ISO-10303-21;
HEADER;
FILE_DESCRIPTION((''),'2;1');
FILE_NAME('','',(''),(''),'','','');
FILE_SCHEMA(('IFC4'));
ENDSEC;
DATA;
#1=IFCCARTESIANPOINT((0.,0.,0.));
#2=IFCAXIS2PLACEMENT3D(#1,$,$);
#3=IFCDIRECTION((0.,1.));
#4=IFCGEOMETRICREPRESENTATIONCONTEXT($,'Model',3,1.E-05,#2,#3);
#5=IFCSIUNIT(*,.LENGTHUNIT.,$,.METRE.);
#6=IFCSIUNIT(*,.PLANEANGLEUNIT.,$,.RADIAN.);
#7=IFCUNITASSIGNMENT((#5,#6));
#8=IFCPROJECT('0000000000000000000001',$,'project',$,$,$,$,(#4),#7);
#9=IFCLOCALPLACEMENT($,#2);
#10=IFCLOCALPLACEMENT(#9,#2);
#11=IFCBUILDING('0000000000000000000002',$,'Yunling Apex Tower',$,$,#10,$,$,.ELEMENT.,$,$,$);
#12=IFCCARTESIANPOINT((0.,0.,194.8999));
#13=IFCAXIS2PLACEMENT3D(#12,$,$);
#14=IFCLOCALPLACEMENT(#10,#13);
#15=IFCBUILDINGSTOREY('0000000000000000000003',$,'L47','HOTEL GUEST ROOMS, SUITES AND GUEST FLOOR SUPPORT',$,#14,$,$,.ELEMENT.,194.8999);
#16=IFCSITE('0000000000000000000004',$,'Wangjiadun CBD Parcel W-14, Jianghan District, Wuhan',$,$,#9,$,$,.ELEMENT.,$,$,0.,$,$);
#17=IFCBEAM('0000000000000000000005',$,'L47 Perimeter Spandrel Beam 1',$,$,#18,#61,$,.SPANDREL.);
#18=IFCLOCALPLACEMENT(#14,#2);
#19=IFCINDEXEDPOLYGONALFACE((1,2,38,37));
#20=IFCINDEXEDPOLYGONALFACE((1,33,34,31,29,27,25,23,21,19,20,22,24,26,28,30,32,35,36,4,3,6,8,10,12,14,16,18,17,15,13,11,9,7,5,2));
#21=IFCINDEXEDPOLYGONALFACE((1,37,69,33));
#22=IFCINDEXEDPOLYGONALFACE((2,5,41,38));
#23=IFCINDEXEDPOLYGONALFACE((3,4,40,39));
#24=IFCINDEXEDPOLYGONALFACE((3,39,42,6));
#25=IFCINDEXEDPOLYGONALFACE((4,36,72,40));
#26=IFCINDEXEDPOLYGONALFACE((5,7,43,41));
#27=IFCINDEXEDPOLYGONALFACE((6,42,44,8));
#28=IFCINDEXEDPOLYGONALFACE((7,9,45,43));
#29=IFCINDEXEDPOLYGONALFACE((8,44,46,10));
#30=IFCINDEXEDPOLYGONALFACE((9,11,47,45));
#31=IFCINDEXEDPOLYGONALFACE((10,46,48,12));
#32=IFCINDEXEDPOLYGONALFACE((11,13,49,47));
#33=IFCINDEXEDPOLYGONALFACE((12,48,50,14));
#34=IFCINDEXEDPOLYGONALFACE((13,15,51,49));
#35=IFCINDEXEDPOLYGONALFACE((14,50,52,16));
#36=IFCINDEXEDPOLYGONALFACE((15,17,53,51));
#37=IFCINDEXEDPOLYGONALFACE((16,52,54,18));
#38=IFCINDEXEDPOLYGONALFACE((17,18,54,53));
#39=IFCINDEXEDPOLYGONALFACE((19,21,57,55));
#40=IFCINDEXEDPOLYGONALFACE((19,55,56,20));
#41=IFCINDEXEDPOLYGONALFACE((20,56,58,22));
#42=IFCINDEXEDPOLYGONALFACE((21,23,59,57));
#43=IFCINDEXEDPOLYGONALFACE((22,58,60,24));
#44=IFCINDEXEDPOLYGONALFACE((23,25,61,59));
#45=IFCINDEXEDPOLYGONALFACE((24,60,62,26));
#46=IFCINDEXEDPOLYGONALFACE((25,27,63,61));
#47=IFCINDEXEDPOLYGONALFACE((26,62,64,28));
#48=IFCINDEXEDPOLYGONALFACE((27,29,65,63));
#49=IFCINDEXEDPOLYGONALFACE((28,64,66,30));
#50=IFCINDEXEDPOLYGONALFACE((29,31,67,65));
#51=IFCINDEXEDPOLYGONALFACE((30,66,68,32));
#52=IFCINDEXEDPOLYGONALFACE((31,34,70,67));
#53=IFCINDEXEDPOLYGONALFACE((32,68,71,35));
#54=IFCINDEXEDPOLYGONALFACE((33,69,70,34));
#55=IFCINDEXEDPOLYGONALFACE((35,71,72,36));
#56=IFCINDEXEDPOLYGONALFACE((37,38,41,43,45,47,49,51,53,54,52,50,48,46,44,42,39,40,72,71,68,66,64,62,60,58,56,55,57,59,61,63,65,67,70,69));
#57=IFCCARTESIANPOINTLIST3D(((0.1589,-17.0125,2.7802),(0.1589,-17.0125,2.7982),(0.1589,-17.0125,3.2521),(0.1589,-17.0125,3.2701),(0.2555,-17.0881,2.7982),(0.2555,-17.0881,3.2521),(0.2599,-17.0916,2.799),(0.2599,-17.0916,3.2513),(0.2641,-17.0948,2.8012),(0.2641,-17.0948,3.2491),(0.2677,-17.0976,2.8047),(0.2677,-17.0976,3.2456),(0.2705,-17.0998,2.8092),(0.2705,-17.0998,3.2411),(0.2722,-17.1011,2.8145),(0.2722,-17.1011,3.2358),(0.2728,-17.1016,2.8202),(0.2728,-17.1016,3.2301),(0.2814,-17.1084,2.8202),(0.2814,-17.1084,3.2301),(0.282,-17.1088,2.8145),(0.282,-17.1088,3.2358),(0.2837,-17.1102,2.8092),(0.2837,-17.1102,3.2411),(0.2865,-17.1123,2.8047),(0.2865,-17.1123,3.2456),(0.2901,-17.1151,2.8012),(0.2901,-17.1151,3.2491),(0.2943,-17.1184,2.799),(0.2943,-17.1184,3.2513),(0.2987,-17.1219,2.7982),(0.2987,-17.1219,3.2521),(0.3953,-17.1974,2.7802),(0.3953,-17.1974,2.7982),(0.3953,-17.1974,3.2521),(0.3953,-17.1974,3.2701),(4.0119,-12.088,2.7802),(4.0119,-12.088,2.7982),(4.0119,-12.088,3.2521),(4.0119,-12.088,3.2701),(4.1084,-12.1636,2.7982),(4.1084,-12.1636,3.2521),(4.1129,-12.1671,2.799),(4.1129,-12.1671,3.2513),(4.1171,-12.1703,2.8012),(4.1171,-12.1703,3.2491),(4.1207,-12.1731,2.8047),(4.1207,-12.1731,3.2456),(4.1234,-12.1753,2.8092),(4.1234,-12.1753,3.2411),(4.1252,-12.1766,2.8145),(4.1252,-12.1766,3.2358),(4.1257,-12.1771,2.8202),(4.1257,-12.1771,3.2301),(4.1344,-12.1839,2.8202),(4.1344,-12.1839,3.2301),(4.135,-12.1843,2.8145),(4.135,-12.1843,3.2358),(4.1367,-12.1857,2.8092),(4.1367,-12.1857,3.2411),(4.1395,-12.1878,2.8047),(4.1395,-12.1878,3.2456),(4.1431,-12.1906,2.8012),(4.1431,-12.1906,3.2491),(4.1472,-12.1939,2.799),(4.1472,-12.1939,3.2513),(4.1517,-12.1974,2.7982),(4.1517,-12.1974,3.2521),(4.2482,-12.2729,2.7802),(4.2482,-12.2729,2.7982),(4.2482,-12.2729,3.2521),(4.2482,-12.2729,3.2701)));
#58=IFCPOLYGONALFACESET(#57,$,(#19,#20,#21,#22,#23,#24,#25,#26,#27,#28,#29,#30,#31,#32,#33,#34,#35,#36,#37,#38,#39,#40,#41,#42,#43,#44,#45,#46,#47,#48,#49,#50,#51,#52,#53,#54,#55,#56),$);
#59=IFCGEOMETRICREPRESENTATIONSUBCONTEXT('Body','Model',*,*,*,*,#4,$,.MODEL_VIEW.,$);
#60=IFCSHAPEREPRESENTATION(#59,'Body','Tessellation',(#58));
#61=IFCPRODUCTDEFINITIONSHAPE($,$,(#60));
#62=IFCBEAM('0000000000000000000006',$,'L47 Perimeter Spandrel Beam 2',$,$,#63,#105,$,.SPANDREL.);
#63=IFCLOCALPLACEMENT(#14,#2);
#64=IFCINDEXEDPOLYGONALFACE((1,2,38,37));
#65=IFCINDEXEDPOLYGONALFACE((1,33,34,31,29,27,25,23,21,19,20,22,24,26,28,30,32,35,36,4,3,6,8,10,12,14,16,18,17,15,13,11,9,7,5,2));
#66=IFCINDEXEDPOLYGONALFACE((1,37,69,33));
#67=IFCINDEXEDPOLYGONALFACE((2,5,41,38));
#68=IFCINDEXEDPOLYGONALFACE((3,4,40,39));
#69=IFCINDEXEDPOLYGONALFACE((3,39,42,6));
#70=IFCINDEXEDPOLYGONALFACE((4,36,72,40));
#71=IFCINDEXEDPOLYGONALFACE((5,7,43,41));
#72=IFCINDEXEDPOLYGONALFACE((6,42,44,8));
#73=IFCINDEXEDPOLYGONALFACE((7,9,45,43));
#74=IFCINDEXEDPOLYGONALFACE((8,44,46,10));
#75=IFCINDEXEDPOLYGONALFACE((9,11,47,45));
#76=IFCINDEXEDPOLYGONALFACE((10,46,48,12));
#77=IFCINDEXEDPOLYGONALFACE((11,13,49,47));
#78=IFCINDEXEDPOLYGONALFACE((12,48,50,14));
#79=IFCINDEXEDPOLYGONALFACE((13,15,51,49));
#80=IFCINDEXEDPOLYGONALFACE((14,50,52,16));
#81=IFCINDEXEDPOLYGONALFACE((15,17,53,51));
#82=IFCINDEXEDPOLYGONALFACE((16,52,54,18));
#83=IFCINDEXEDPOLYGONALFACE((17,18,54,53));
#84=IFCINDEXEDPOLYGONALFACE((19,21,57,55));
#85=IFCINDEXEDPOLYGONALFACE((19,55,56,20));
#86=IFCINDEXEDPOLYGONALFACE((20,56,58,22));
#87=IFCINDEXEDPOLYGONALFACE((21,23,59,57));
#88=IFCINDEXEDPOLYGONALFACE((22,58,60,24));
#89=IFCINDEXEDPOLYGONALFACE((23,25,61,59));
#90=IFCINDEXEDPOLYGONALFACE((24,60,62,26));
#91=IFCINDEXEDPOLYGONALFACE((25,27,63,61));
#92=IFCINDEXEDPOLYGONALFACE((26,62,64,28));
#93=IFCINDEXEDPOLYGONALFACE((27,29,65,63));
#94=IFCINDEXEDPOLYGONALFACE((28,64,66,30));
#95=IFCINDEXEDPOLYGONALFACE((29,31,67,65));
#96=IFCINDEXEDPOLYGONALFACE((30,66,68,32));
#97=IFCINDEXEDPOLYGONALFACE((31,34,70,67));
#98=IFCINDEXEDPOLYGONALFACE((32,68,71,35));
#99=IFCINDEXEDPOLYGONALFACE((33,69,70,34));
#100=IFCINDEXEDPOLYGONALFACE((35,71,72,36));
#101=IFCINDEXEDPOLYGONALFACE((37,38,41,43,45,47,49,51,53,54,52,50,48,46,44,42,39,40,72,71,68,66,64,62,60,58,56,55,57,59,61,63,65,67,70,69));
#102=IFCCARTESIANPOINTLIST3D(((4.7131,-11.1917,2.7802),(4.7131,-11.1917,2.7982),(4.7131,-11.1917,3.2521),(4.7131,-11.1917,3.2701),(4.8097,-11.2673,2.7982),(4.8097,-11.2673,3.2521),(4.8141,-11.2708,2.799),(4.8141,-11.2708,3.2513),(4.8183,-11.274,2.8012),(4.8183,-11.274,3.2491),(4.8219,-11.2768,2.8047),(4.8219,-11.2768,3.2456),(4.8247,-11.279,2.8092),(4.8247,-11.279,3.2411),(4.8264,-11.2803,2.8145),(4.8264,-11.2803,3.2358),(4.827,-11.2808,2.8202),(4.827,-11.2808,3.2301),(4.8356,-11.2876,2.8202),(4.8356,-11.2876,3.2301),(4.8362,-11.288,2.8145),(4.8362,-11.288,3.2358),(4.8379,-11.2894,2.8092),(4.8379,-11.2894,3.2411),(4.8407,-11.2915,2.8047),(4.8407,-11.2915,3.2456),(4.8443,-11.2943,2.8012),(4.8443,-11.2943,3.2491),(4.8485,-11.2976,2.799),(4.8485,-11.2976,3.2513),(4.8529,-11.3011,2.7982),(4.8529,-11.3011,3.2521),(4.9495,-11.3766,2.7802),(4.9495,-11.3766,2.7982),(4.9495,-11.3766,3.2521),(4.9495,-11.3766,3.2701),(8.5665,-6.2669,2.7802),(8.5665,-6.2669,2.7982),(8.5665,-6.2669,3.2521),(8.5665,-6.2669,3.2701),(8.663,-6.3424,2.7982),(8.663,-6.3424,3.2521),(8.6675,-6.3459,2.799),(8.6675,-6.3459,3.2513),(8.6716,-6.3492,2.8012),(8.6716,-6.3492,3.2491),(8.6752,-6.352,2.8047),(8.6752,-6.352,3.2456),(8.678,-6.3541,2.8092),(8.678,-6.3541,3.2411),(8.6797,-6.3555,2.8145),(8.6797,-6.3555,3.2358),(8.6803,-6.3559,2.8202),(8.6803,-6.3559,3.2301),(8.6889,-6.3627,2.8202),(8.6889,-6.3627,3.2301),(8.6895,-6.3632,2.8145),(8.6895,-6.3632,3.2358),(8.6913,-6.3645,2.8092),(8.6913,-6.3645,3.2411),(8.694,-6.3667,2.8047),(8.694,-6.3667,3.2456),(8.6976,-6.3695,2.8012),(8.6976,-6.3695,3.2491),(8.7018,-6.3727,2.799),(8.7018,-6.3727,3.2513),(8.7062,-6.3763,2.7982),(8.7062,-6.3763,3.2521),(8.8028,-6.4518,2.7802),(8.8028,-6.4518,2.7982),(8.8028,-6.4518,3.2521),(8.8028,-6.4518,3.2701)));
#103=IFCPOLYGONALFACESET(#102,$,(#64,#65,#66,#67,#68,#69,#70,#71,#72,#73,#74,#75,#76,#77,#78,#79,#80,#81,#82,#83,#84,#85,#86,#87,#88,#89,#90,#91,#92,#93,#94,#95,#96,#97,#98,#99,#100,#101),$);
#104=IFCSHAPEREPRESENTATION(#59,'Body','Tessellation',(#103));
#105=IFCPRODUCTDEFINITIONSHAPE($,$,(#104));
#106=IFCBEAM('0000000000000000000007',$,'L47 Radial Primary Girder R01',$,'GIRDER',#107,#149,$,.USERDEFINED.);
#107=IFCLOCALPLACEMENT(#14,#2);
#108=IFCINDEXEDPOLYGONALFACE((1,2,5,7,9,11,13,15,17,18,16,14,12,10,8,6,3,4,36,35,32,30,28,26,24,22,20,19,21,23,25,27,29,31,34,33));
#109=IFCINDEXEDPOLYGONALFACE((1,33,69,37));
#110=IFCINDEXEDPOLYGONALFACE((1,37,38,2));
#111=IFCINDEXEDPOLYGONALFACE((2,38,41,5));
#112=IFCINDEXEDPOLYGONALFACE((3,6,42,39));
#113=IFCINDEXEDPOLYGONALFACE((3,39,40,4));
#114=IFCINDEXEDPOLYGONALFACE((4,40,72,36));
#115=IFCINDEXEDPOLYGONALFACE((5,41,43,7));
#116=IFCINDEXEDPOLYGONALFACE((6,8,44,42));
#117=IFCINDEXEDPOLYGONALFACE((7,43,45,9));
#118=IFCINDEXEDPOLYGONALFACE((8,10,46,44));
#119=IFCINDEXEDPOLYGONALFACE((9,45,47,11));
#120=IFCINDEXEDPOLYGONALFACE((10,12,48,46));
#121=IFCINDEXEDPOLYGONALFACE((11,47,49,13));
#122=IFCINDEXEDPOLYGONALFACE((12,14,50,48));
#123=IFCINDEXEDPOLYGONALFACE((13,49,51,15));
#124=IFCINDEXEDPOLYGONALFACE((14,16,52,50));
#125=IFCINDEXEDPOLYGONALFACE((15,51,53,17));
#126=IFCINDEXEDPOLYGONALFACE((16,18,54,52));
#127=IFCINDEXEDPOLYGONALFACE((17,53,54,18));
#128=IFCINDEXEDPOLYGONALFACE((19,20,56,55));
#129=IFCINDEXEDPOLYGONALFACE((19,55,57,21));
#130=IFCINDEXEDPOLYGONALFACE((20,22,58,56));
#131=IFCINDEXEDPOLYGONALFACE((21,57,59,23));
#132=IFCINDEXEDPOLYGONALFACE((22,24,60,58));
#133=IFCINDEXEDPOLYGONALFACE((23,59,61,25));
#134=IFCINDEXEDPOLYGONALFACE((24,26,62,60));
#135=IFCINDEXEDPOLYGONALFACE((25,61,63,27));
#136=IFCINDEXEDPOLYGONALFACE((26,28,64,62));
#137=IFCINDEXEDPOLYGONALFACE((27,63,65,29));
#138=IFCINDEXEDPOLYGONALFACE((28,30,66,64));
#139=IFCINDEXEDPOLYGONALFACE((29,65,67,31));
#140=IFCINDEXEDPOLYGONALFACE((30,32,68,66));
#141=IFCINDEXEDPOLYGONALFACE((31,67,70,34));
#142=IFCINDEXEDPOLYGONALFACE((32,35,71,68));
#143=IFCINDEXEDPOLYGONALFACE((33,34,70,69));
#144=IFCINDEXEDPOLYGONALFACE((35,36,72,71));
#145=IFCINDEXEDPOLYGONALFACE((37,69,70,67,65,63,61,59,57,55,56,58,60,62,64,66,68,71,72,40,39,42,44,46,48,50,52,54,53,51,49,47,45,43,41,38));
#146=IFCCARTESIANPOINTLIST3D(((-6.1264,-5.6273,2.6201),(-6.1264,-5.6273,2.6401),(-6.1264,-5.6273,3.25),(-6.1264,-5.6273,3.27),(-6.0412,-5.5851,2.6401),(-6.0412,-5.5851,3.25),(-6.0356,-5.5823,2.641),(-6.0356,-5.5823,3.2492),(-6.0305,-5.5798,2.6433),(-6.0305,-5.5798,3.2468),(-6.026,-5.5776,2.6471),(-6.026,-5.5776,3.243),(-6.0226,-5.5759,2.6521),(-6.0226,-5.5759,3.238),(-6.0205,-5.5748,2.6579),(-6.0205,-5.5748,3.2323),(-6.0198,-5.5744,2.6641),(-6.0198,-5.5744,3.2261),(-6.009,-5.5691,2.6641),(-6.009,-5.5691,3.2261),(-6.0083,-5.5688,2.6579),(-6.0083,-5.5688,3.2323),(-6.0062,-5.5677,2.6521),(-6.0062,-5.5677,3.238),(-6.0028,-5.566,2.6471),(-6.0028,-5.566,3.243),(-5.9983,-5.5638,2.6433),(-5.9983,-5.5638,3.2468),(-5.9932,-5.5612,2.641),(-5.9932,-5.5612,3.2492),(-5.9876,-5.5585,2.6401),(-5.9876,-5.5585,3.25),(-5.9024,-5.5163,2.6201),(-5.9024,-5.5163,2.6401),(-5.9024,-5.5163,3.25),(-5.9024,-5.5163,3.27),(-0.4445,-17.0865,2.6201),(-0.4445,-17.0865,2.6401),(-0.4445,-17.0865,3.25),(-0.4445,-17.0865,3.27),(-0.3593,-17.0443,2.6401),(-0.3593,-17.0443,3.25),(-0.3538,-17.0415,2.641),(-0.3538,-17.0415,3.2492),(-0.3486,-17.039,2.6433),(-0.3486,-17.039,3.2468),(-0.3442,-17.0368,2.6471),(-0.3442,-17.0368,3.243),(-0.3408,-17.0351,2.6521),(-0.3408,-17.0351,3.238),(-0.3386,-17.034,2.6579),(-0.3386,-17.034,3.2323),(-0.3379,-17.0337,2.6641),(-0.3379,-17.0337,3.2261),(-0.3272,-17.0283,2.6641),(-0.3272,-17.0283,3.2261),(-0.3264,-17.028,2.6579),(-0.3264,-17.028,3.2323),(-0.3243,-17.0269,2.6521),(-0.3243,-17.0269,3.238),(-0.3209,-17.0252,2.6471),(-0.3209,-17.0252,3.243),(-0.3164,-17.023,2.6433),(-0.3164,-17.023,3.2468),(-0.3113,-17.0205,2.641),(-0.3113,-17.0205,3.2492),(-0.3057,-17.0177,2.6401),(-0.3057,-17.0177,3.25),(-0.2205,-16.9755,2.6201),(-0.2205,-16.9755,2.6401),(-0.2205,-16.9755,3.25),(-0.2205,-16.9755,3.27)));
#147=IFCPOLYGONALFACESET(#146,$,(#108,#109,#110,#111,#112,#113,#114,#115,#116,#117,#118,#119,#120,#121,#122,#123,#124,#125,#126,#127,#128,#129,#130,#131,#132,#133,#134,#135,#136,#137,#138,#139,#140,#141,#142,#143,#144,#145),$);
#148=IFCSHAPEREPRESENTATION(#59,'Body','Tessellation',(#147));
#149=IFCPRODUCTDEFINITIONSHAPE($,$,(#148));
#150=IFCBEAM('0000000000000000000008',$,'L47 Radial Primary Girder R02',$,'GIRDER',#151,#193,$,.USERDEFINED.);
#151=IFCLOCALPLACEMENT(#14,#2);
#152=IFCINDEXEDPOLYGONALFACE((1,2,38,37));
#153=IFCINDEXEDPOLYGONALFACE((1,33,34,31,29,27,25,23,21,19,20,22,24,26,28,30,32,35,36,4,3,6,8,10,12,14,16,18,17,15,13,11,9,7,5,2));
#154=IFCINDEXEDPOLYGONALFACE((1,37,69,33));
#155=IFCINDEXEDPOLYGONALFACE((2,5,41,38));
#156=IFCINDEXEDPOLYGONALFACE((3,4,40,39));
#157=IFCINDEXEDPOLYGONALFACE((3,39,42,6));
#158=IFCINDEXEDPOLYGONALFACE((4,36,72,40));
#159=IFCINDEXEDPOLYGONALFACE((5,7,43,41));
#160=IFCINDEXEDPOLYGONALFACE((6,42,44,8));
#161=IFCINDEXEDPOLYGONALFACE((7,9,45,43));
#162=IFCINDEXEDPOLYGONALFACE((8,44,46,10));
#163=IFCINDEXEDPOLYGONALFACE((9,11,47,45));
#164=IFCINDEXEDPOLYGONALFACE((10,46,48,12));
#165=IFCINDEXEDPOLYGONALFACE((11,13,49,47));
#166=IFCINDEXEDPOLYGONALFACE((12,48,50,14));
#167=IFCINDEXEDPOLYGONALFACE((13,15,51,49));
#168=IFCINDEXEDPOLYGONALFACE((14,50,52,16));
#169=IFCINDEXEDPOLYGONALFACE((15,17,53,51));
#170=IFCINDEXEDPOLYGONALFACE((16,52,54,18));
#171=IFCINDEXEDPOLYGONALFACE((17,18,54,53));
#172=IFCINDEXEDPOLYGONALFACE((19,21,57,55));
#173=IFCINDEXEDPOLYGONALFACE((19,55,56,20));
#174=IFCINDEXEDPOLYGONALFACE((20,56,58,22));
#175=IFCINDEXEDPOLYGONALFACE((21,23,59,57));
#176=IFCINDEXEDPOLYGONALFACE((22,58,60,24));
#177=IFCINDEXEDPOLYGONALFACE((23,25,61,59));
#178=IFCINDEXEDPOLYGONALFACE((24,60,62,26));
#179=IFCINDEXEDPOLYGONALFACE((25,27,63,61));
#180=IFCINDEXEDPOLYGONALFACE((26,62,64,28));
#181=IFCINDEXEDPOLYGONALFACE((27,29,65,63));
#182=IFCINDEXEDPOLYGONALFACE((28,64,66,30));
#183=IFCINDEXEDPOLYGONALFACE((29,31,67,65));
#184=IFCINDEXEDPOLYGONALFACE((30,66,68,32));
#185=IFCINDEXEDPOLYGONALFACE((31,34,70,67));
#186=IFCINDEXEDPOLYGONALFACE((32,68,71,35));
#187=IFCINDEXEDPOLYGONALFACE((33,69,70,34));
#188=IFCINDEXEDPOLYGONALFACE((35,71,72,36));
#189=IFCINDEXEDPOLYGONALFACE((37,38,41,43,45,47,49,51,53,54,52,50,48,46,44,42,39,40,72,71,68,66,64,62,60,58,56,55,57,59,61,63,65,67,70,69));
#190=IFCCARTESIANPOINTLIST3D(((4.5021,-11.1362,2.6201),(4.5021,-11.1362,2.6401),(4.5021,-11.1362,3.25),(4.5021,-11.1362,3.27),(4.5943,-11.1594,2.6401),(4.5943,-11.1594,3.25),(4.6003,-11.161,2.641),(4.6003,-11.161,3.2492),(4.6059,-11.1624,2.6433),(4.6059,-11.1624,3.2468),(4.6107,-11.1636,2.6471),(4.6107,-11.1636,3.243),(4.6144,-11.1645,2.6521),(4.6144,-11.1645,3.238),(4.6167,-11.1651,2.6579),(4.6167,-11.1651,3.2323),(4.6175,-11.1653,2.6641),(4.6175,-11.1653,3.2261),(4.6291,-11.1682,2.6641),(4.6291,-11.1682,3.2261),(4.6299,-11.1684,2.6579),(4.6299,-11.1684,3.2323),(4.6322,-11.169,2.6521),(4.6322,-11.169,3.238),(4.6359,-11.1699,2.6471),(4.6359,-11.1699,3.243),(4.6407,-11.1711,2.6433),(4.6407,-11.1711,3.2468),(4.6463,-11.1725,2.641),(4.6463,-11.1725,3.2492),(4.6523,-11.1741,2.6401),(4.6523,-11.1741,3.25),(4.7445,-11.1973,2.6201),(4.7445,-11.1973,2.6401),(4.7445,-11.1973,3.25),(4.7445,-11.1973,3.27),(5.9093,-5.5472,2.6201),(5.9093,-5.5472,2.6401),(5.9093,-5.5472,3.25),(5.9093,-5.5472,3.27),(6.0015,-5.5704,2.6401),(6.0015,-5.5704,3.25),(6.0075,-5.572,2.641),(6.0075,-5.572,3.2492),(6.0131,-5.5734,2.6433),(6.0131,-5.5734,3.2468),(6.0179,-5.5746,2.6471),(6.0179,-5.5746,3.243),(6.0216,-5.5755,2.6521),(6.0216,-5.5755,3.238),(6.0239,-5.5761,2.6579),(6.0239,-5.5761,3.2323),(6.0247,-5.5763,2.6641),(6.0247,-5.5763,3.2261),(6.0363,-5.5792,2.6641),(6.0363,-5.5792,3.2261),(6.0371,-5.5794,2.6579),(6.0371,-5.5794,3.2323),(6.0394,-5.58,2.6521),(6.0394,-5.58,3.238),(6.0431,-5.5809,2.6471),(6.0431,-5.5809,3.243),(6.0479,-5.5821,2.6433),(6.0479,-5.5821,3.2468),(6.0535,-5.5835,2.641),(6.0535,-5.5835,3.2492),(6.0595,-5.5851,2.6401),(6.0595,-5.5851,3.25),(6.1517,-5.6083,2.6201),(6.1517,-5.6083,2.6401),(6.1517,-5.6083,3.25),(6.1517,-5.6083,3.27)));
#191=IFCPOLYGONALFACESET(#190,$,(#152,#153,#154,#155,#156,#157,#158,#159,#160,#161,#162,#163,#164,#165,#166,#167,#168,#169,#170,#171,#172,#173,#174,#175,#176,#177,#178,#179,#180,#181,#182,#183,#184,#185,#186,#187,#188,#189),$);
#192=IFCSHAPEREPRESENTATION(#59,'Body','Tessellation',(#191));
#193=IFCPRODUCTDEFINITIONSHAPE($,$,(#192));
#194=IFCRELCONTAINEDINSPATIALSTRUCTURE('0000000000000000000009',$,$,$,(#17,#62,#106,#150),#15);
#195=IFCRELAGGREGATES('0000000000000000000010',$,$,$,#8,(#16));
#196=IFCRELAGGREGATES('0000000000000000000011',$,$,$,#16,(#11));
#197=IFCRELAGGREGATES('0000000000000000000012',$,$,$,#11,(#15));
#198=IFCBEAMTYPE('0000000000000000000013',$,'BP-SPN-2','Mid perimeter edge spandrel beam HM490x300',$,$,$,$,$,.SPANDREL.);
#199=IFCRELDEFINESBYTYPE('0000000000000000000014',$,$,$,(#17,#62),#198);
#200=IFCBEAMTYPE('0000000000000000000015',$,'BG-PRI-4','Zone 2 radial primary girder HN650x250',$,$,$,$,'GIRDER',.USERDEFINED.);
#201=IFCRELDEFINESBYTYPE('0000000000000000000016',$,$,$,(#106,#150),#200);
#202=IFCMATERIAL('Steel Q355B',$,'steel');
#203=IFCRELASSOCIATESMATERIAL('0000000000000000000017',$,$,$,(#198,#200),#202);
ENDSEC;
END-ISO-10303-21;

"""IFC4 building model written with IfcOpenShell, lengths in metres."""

from ifc_helpers import new_model, si_unit, direction, frame, origin, origin_2d, place, context, subcontext, project, spatial, i_section, extrude, source, transform, mapped, material, material_profile, profile_set, type_object, element, save


model = new_model("IFC4")

# Units and contexts
model_context = context("Model", 3, precision=1e-05, world=origin(), true_north=direction((0.0, 1.0)))
body_context = subcontext(model_context, "Body", "Model", "MODEL_VIEW")
ifc_project = project(units=[si_unit("LENGTHUNIT", "METRE"), si_unit("PLANEANGLEUNIT", "RADIAN")], contexts=[model_context])

# Site, building, storey
site_placement = place(None, origin())
site = spatial("IfcSite", under=ifc_project, at=site_placement, Name="Wangjiadun CBD Parcel W-14, Jianghan District, Wuhan", CompositionType="ELEMENT", RefElevation=0.0)
building_placement = place(site_placement, origin())
building = spatial("IfcBuilding", under=site, at=building_placement, Name="Yunling Apex Tower", CompositionType="ELEMENT")
storey_placement = place(building_placement, frame((0.0, 0.0, 194.8999)))
storey = spatial("IfcBuildingStorey", under=building, at=storey_placement, Name="L47", Description="HOTEL GUEST ROOMS, SUITES AND GUEST FLOOR SUPPORT", CompositionType="ELEMENT", Elevation=194.8999)

# Beams
ifc_material_1 = material(Name="Steel Q355B", Category="steel")
ifc_material_profile_1 = material_profile(ifc_material_1, i_section(OverallWidth=0.3, OverallDepth=0.49, WebThickness=0.011, FlangeThickness=0.0181, FilletRadius=0.022, at=origin_2d()))
ifc_profile_set_1 = profile_set([ifc_material_profile_1], Name="Steel Q355B")
beam_type_1 = type_object("IfcBeamType", Name="BP-SPN-2", Description="Mid perimeter edge spandrel beam HM490x300", PredefinedType="SPANDREL", material=ifc_profile_set_1)
shared_shape_1 = source(origin(), body_context, "Body", "SweptSolid", [
    extrude(i_section(OverallWidth=0.3, OverallDepth=0.49, WebThickness=0.011, FlangeThickness=0.0181, FilletRadius=0.022, at=origin_2d()), origin(), (0.0, 0.0, 1.0), 6.2527),
])
beam_1_placement = place(storey_placement, frame((0.2771, -17.105, 3.0251), z_axis=(0.616211, 0.787581, 0.0), x_axis=(-0.787581, 0.616211, 0.0)))
element("IfcBeam", 1, at=beam_1_placement, inside=storey, type_object=beam_type_1, Name="L47 Perimeter Spandrel Beam 1", PredefinedType="SPANDREL", context=body_context, shape_type="MappedRepresentation", body=[
    mapped(shared_shape_1, transform((0.0, 0.0, 0.0), scale=1.0)),
])
shared_shape_2 = source(origin(), body_context, "Body", "SweptSolid", [
    extrude(i_section(OverallWidth=0.3, OverallDepth=0.49, WebThickness=0.011, FlangeThickness=0.0181, FilletRadius=0.022, at=origin_2d()), origin(), (0.0, 0.0, 1.0), 6.2532),
])
beam_2_placement = place(storey_placement, frame((4.8313, -11.2842, 3.0251), z_axis=(0.616217, 0.787577, 0.0), x_axis=(-0.787577, 0.616217, 0.0)))
element("IfcBeam", 2, at=beam_2_placement, inside=storey, type_object=beam_type_1, Name="L47 Perimeter Spandrel Beam 2", PredefinedType="SPANDREL", context=body_context, shape_type="MappedRepresentation", body=[
    mapped(shared_shape_2, transform((0.0, 0.0, 0.0), scale=1.0)),
])
ifc_material_profile_2 = material_profile(ifc_material_1, i_section(OverallWidth=0.25, OverallDepth=0.6499, WebThickness=0.012, FlangeThickness=0.02, FilletRadius=0.0239, at=origin_2d()))
ifc_profile_set_2 = profile_set([ifc_material_profile_2], Name="Steel Q355B")
beam_type_2 = type_object("IfcBeamType", Name="BG-PRI-4", Description="Zone 2 radial primary girder HN650x250", ElementType="GIRDER", PredefinedType="USERDEFINED", material=ifc_profile_set_2)
shared_shape_3 = source(origin(), body_context, "Body", "SweptSolid", [
    extrude(i_section(OverallWidth=0.25, OverallDepth=0.6499, WebThickness=0.012, FlangeThickness=0.02, FilletRadius=0.0239, at=origin_2d()), origin(), (0.0, 0.0, 1.0), 12.7905),
])
beam_3_placement = place(storey_placement, frame((-0.3325, -17.031, 2.9451), z_axis=(-0.444226, 0.895915, 0.0), x_axis=(-0.895915, -0.444226, 0.0)))
element("IfcBeam", 3, at=beam_3_placement, inside=storey, type_object=beam_type_2, Name="L47 Radial Primary Girder R01", ObjectType="GIRDER", PredefinedType="USERDEFINED", context=body_context, shape_type="MappedRepresentation", body=[
    mapped(shared_shape_3, transform((0.0, 0.0, 0.0), scale=1.0)),
])
shared_shape_4 = source(origin(), body_context, "Body", "SweptSolid", [
    extrude(i_section(OverallWidth=0.25, OverallDepth=0.6499, WebThickness=0.012, FlangeThickness=0.02, FilletRadius=0.0239, at=origin_2d()), origin(), (0.0, 0.0, 1.0), 5.7634),
])
beam_4_placement = place(storey_placement, frame((4.6233, -11.1667, 2.9451), z_axis=(0.24416, 0.969735, 0.0), x_axis=(-0.969735, 0.24416, 0.0)))
element("IfcBeam", 4, at=beam_4_placement, inside=storey, type_object=beam_type_2, Name="L47 Radial Primary Girder R02", ObjectType="GIRDER", PredefinedType="USERDEFINED", context=body_context, shape_type="MappedRepresentation", body=[
    mapped(shared_shape_4, transform((0.0, 0.0, 0.0), scale=1.0)),
])

save(model, "model.ifc")
